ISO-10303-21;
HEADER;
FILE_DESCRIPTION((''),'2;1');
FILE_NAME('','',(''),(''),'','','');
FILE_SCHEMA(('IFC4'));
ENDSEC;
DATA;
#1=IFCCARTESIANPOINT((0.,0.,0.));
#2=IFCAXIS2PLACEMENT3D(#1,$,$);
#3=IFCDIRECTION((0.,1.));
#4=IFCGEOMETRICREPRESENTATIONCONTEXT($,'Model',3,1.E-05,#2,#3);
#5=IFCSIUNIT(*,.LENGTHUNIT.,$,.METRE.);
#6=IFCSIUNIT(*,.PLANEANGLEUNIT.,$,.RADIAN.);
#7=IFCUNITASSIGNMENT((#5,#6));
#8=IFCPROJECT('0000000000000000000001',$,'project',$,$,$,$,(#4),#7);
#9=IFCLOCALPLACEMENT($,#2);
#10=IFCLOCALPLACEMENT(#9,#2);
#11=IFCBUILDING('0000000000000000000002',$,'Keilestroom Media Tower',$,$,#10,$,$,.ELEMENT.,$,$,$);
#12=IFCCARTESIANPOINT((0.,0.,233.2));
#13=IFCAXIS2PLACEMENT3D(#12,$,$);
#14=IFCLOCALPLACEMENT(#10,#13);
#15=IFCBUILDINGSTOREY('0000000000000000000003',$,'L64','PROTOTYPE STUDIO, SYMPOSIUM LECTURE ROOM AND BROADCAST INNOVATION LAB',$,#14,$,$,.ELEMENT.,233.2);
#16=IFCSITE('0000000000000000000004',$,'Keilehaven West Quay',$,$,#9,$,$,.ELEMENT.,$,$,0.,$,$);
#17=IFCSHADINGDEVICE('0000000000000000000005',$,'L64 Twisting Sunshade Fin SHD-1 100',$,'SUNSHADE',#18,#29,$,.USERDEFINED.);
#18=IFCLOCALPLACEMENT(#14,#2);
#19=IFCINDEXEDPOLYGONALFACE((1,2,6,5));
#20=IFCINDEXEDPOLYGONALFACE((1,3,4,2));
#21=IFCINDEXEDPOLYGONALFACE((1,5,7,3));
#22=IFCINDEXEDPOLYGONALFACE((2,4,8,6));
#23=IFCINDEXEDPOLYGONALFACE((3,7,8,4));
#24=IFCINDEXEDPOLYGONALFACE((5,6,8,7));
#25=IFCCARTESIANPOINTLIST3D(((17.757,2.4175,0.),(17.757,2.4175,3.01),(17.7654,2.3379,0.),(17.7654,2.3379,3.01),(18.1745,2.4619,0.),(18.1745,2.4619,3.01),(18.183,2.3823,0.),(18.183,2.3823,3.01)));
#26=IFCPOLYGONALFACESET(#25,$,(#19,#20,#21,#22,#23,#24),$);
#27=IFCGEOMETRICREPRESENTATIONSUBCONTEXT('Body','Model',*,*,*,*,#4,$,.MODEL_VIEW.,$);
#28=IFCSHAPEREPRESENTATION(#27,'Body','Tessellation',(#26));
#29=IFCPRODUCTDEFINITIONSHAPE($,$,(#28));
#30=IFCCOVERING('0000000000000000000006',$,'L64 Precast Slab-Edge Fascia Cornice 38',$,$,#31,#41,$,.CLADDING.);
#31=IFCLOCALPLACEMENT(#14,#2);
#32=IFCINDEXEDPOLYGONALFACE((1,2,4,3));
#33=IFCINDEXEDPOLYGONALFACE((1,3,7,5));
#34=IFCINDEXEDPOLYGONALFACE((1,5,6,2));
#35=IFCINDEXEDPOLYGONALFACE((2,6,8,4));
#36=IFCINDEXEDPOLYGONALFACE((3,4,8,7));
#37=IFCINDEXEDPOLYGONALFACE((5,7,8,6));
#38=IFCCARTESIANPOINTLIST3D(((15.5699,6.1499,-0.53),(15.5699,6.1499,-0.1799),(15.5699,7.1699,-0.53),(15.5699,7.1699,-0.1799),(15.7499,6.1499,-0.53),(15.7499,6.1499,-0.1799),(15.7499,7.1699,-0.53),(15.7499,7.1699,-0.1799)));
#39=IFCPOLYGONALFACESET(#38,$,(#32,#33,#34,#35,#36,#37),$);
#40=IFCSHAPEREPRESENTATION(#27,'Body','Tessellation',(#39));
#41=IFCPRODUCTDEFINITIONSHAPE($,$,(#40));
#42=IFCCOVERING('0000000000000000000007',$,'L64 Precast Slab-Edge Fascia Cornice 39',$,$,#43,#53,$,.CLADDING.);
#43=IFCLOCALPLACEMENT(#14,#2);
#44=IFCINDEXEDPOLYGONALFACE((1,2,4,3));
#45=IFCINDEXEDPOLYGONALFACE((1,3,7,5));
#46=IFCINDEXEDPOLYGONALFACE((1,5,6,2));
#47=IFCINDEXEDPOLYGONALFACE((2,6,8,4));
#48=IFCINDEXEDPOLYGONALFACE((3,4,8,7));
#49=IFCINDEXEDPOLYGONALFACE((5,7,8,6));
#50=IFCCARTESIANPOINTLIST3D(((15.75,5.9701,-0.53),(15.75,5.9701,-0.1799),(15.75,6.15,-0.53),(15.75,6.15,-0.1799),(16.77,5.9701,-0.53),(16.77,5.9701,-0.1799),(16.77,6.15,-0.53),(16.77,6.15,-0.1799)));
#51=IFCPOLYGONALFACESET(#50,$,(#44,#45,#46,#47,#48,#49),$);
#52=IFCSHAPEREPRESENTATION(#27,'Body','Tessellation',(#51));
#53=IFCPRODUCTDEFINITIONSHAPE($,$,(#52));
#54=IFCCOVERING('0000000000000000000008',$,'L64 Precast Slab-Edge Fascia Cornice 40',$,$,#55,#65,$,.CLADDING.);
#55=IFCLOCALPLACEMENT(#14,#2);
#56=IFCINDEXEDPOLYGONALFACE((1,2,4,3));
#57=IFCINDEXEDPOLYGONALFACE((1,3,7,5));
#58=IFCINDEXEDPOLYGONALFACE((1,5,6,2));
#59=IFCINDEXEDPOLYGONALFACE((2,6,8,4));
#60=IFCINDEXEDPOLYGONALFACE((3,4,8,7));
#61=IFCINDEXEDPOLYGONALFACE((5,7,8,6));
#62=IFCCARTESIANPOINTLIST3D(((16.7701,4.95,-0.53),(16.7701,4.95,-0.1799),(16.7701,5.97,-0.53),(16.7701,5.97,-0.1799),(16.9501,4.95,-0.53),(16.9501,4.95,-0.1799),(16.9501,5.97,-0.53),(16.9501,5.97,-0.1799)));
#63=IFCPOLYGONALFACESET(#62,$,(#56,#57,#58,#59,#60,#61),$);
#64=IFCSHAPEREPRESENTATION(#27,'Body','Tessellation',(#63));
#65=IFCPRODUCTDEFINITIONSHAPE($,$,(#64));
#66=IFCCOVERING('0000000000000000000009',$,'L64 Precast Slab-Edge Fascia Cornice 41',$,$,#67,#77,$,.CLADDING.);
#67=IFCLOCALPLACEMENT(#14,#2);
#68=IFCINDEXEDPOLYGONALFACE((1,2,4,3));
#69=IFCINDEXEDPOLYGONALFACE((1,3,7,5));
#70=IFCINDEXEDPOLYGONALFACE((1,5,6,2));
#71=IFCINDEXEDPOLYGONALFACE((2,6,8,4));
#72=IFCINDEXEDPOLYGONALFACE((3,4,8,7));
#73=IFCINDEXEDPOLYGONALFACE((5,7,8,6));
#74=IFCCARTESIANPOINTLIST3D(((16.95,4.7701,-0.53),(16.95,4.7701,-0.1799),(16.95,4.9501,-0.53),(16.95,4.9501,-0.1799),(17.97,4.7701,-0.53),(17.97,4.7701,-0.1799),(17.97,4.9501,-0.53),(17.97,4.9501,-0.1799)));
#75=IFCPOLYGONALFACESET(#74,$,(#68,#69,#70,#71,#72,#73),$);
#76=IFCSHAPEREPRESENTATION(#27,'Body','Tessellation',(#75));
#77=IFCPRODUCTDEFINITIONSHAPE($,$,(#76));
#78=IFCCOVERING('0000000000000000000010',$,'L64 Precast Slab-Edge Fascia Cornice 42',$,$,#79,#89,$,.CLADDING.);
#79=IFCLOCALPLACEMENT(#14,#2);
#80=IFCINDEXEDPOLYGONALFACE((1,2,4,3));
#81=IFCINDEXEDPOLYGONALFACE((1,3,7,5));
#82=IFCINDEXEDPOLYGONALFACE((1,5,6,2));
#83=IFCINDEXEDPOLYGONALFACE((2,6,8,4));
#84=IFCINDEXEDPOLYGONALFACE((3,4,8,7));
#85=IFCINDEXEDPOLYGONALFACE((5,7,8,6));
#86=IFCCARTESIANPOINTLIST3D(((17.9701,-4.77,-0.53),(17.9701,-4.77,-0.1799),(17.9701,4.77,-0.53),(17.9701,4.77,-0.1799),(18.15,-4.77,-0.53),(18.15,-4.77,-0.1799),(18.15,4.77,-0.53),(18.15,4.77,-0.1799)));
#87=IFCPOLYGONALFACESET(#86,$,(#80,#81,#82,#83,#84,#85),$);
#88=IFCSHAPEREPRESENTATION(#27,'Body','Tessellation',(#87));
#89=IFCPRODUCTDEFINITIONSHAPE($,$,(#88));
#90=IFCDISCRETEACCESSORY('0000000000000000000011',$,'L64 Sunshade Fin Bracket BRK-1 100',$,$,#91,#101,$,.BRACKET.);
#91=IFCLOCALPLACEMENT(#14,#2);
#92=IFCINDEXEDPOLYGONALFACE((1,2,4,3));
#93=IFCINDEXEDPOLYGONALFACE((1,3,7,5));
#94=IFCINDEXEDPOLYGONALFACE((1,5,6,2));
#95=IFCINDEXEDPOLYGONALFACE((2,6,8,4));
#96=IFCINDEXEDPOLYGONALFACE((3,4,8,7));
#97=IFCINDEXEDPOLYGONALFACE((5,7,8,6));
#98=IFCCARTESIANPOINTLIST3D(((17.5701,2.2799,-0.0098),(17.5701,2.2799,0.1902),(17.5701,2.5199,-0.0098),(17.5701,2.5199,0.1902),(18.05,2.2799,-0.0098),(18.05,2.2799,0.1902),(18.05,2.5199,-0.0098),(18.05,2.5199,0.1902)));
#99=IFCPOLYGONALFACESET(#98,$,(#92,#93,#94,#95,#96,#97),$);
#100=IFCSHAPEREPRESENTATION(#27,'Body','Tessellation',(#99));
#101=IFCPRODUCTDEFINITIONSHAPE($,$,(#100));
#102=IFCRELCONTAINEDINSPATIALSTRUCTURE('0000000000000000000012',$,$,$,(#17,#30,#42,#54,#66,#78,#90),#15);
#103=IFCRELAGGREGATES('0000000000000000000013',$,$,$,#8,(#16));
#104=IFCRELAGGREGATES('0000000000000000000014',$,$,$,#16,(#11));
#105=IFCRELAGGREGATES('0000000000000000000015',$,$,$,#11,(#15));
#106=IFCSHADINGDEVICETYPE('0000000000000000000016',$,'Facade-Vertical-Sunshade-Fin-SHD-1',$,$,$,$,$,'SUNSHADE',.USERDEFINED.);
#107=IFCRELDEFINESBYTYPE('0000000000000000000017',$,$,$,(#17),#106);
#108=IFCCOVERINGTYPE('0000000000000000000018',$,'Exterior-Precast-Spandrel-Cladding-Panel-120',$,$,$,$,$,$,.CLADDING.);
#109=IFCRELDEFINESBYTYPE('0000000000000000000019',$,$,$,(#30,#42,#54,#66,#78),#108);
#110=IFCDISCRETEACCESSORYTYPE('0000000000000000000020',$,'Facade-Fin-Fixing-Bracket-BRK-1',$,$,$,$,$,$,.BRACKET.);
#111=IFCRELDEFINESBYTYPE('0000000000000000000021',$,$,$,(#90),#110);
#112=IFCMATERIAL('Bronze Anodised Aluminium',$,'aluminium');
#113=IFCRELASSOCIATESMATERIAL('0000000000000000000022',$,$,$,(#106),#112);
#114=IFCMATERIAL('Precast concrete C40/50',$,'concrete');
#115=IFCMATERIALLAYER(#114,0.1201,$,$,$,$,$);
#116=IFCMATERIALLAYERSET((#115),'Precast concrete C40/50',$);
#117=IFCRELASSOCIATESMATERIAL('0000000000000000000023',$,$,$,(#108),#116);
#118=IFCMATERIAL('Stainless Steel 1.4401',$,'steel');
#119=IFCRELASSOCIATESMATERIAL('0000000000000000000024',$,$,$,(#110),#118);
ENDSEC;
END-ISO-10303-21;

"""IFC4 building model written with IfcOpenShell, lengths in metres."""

from ifc_helpers import new_model, si_unit, direction, frame, origin, origin_2d, place, context, subcontext, project, spatial, rectangle, extrude, source, transform, mapped, material, layer, layer_set, type_object, element, save


model = new_model("IFC4")

# Units and contexts
model_context = context("Model", 3, precision=1e-05, world=origin(), true_north=direction((0.0, 1.0)))
body_context = subcontext(model_context, "Body", "Model", "MODEL_VIEW")
ifc_project = project(units=[si_unit("LENGTHUNIT", "METRE"), si_unit("PLANEANGLEUNIT", "RADIAN")], contexts=[model_context])

# Site, building, storey
site_placement = place(None, origin())
site = spatial("IfcSite", under=ifc_project, at=site_placement, Name="Keilehaven West Quay", CompositionType="ELEMENT", RefElevation=0.0)
building_placement = place(site_placement, origin())
building = spatial("IfcBuilding", under=site, at=building_placement, Name="Keilestroom Media Tower", CompositionType="ELEMENT")
storey_placement = place(building_placement, frame((0.0, 0.0, 233.2)))
storey = spatial("IfcBuildingStorey", under=building, at=storey_placement, Name="L64", Description="PROTOTYPE STUDIO, SYMPOSIUM LECTURE ROOM AND BROADCAST INNOVATION LAB", CompositionType="ELEMENT", Elevation=233.2)

# Shared definitions
ifc_material_1 = material(Name="Precast concrete C40/50", Category="concrete")

# Shading device
ifc_material_2 = material(Name="Bronze Anodised Aluminium", Category="aluminium")
shading_device_type = type_object("IfcShadingDeviceType", Name="Facade-Vertical-Sunshade-Fin-SHD-1", ElementType="SUNSHADE", PredefinedType="USERDEFINED", material=ifc_material_2)
shared_shape_1 = source(origin(), body_context, "Body", "SweptSolid", [
    extrude(rectangle(XDim=0.4199, YDim=0.0801, at=origin_2d()), origin(), (0.0, 0.0, 1.0), 3.01),
])
shading_device_placement = place(storey_placement, frame((17.97, 2.3999, 0.0), z_axis=(0.0, 0.0, 1.0), x_axis=(0.994393, 0.105743, 0.0)))
element("IfcShadingDevice", 1, at=shading_device_placement, inside=storey, type_object=shading_device_type, Name="L64 Twisting Sunshade Fin SHD-1 100", ObjectType="SUNSHADE", PredefinedType="USERDEFINED", context=body_context, shape_type="MappedRepresentation", body=[
    mapped(shared_shape_1, transform((0.0, 0.0, 0.0), x_axis=(1.0, 0.0, 0.0), y_axis=(0.0, 1.0, 0.0), z_axis=(0.0, 0.0, 1.0), scale=1.0)),
])

# Coverings
ifc_layer_1 = layer(ifc_material_1, 0.1201)
ifc_layer_set_1 = layer_set([ifc_layer_1], Name="Precast concrete C40/50")
covering_type = type_object("IfcCoveringType", Name="Exterior-Precast-Spandrel-Cladding-Panel-120", PredefinedType="CLADDING", material=ifc_layer_set_1)
shared_shape_2 = source(origin(), body_context, "Body", "SweptSolid", [
    extrude(rectangle(XDim=1.02, YDim=0.1799, at=origin_2d()), origin(), (0.0, 0.0, 1.0), 0.3501),
])
for number, where, z_axis, x_axis, name in (
    (2, (15.6599, 6.6599, -0.53), (0.0, 0.0, 1.0), (0.0, -1.0, 0.0), "L64 Precast Slab-Edge Fascia Cornice 38"),
    (3, (16.26, 6.0601, -0.53), (0.0, 0.0, 1.0), (1.0, 0.0, 0.0), "L64 Precast Slab-Edge Fascia Cornice 39"),
    (4, (16.8601, 5.46, -0.53), (0.0, 0.0, 1.0), (0.0, -1.0, 0.0), "L64 Precast Slab-Edge Fascia Cornice 40"),
    (5, (17.46, 4.8601, -0.53), (0.0, 0.0, 1.0), (1.0, 0.0, 0.0), "L64 Precast Slab-Edge Fascia Cornice 41"),
):
    element("IfcCovering", number, at=place(storey_placement, frame(where, z_axis=z_axis, x_axis=x_axis)), inside=storey, type_object=covering_type, Name=name, PredefinedType="CLADDING", context=body_context, shape_type="MappedRepresentation", body=[
        mapped(shared_shape_2, transform((0.0, 0.0, 0.0), x_axis=(1.0, 0.0, 0.0), y_axis=(0.0, 1.0, 0.0), z_axis=(0.0, 0.0, 1.0), scale=1.0)),
    ])
shared_shape_3 = source(origin(), body_context, "Body", "SweptSolid", [
    extrude(rectangle(XDim=9.54, YDim=0.1799, at=origin_2d()), origin(), (0.0, 0.0, 1.0), 0.3501),
])
covering_placement = place(storey_placement, frame((18.0601, 0.0, -0.53), z_axis=(0.0, 0.0, 1.0), x_axis=(0.0, -1.0, 0.0)))
element("IfcCovering", 6, at=covering_placement, inside=storey, type_object=covering_type, Name="L64 Precast Slab-Edge Fascia Cornice 42", PredefinedType="CLADDING", context=body_context, shape_type="MappedRepresentation", body=[
    mapped(shared_shape_3, transform((0.0, 0.0, 0.0), x_axis=(1.0, 0.0, 0.0), y_axis=(0.0, 1.0, 0.0), z_axis=(0.0, 0.0, 1.0), scale=1.0)),
])

# Discrete accessory
ifc_material_3 = material(Name="Stainless Steel 1.4401", Category="steel")
discrete_accessory_type = type_object("IfcDiscreteAccessoryType", Name="Facade-Fin-Fixing-Bracket-BRK-1", PredefinedType="BRACKET", material=ifc_material_3)
shared_shape_4 = source(origin(), body_context, "Body", "SweptSolid", [
    extrude(rectangle(XDim=0.48, YDim=0.24, at=origin_2d()), origin(), (0.0, 0.0, 1.0), 0.2),
])
discrete_accessory_placement = place(storey_placement, frame((17.8101, 2.3999, -0.0098), z_axis=(0.0, 0.0, 1.0), x_axis=(1.0, 0.0, 0.0)))
element("IfcDiscreteAccessory", 7, at=discrete_accessory_placement, inside=storey, type_object=discrete_accessory_type, Name="L64 Sunshade Fin Bracket BRK-1 100", PredefinedType="BRACKET", context=body_context, shape_type="MappedRepresentation", body=[
    mapped(shared_shape_4, transform((0.0, 0.0, 0.0), x_axis=(1.0, 0.0, 0.0), y_axis=(0.0, 1.0, 0.0), z_axis=(0.0, 0.0, 1.0), scale=1.0)),
])

save(model, "model.ifc")
